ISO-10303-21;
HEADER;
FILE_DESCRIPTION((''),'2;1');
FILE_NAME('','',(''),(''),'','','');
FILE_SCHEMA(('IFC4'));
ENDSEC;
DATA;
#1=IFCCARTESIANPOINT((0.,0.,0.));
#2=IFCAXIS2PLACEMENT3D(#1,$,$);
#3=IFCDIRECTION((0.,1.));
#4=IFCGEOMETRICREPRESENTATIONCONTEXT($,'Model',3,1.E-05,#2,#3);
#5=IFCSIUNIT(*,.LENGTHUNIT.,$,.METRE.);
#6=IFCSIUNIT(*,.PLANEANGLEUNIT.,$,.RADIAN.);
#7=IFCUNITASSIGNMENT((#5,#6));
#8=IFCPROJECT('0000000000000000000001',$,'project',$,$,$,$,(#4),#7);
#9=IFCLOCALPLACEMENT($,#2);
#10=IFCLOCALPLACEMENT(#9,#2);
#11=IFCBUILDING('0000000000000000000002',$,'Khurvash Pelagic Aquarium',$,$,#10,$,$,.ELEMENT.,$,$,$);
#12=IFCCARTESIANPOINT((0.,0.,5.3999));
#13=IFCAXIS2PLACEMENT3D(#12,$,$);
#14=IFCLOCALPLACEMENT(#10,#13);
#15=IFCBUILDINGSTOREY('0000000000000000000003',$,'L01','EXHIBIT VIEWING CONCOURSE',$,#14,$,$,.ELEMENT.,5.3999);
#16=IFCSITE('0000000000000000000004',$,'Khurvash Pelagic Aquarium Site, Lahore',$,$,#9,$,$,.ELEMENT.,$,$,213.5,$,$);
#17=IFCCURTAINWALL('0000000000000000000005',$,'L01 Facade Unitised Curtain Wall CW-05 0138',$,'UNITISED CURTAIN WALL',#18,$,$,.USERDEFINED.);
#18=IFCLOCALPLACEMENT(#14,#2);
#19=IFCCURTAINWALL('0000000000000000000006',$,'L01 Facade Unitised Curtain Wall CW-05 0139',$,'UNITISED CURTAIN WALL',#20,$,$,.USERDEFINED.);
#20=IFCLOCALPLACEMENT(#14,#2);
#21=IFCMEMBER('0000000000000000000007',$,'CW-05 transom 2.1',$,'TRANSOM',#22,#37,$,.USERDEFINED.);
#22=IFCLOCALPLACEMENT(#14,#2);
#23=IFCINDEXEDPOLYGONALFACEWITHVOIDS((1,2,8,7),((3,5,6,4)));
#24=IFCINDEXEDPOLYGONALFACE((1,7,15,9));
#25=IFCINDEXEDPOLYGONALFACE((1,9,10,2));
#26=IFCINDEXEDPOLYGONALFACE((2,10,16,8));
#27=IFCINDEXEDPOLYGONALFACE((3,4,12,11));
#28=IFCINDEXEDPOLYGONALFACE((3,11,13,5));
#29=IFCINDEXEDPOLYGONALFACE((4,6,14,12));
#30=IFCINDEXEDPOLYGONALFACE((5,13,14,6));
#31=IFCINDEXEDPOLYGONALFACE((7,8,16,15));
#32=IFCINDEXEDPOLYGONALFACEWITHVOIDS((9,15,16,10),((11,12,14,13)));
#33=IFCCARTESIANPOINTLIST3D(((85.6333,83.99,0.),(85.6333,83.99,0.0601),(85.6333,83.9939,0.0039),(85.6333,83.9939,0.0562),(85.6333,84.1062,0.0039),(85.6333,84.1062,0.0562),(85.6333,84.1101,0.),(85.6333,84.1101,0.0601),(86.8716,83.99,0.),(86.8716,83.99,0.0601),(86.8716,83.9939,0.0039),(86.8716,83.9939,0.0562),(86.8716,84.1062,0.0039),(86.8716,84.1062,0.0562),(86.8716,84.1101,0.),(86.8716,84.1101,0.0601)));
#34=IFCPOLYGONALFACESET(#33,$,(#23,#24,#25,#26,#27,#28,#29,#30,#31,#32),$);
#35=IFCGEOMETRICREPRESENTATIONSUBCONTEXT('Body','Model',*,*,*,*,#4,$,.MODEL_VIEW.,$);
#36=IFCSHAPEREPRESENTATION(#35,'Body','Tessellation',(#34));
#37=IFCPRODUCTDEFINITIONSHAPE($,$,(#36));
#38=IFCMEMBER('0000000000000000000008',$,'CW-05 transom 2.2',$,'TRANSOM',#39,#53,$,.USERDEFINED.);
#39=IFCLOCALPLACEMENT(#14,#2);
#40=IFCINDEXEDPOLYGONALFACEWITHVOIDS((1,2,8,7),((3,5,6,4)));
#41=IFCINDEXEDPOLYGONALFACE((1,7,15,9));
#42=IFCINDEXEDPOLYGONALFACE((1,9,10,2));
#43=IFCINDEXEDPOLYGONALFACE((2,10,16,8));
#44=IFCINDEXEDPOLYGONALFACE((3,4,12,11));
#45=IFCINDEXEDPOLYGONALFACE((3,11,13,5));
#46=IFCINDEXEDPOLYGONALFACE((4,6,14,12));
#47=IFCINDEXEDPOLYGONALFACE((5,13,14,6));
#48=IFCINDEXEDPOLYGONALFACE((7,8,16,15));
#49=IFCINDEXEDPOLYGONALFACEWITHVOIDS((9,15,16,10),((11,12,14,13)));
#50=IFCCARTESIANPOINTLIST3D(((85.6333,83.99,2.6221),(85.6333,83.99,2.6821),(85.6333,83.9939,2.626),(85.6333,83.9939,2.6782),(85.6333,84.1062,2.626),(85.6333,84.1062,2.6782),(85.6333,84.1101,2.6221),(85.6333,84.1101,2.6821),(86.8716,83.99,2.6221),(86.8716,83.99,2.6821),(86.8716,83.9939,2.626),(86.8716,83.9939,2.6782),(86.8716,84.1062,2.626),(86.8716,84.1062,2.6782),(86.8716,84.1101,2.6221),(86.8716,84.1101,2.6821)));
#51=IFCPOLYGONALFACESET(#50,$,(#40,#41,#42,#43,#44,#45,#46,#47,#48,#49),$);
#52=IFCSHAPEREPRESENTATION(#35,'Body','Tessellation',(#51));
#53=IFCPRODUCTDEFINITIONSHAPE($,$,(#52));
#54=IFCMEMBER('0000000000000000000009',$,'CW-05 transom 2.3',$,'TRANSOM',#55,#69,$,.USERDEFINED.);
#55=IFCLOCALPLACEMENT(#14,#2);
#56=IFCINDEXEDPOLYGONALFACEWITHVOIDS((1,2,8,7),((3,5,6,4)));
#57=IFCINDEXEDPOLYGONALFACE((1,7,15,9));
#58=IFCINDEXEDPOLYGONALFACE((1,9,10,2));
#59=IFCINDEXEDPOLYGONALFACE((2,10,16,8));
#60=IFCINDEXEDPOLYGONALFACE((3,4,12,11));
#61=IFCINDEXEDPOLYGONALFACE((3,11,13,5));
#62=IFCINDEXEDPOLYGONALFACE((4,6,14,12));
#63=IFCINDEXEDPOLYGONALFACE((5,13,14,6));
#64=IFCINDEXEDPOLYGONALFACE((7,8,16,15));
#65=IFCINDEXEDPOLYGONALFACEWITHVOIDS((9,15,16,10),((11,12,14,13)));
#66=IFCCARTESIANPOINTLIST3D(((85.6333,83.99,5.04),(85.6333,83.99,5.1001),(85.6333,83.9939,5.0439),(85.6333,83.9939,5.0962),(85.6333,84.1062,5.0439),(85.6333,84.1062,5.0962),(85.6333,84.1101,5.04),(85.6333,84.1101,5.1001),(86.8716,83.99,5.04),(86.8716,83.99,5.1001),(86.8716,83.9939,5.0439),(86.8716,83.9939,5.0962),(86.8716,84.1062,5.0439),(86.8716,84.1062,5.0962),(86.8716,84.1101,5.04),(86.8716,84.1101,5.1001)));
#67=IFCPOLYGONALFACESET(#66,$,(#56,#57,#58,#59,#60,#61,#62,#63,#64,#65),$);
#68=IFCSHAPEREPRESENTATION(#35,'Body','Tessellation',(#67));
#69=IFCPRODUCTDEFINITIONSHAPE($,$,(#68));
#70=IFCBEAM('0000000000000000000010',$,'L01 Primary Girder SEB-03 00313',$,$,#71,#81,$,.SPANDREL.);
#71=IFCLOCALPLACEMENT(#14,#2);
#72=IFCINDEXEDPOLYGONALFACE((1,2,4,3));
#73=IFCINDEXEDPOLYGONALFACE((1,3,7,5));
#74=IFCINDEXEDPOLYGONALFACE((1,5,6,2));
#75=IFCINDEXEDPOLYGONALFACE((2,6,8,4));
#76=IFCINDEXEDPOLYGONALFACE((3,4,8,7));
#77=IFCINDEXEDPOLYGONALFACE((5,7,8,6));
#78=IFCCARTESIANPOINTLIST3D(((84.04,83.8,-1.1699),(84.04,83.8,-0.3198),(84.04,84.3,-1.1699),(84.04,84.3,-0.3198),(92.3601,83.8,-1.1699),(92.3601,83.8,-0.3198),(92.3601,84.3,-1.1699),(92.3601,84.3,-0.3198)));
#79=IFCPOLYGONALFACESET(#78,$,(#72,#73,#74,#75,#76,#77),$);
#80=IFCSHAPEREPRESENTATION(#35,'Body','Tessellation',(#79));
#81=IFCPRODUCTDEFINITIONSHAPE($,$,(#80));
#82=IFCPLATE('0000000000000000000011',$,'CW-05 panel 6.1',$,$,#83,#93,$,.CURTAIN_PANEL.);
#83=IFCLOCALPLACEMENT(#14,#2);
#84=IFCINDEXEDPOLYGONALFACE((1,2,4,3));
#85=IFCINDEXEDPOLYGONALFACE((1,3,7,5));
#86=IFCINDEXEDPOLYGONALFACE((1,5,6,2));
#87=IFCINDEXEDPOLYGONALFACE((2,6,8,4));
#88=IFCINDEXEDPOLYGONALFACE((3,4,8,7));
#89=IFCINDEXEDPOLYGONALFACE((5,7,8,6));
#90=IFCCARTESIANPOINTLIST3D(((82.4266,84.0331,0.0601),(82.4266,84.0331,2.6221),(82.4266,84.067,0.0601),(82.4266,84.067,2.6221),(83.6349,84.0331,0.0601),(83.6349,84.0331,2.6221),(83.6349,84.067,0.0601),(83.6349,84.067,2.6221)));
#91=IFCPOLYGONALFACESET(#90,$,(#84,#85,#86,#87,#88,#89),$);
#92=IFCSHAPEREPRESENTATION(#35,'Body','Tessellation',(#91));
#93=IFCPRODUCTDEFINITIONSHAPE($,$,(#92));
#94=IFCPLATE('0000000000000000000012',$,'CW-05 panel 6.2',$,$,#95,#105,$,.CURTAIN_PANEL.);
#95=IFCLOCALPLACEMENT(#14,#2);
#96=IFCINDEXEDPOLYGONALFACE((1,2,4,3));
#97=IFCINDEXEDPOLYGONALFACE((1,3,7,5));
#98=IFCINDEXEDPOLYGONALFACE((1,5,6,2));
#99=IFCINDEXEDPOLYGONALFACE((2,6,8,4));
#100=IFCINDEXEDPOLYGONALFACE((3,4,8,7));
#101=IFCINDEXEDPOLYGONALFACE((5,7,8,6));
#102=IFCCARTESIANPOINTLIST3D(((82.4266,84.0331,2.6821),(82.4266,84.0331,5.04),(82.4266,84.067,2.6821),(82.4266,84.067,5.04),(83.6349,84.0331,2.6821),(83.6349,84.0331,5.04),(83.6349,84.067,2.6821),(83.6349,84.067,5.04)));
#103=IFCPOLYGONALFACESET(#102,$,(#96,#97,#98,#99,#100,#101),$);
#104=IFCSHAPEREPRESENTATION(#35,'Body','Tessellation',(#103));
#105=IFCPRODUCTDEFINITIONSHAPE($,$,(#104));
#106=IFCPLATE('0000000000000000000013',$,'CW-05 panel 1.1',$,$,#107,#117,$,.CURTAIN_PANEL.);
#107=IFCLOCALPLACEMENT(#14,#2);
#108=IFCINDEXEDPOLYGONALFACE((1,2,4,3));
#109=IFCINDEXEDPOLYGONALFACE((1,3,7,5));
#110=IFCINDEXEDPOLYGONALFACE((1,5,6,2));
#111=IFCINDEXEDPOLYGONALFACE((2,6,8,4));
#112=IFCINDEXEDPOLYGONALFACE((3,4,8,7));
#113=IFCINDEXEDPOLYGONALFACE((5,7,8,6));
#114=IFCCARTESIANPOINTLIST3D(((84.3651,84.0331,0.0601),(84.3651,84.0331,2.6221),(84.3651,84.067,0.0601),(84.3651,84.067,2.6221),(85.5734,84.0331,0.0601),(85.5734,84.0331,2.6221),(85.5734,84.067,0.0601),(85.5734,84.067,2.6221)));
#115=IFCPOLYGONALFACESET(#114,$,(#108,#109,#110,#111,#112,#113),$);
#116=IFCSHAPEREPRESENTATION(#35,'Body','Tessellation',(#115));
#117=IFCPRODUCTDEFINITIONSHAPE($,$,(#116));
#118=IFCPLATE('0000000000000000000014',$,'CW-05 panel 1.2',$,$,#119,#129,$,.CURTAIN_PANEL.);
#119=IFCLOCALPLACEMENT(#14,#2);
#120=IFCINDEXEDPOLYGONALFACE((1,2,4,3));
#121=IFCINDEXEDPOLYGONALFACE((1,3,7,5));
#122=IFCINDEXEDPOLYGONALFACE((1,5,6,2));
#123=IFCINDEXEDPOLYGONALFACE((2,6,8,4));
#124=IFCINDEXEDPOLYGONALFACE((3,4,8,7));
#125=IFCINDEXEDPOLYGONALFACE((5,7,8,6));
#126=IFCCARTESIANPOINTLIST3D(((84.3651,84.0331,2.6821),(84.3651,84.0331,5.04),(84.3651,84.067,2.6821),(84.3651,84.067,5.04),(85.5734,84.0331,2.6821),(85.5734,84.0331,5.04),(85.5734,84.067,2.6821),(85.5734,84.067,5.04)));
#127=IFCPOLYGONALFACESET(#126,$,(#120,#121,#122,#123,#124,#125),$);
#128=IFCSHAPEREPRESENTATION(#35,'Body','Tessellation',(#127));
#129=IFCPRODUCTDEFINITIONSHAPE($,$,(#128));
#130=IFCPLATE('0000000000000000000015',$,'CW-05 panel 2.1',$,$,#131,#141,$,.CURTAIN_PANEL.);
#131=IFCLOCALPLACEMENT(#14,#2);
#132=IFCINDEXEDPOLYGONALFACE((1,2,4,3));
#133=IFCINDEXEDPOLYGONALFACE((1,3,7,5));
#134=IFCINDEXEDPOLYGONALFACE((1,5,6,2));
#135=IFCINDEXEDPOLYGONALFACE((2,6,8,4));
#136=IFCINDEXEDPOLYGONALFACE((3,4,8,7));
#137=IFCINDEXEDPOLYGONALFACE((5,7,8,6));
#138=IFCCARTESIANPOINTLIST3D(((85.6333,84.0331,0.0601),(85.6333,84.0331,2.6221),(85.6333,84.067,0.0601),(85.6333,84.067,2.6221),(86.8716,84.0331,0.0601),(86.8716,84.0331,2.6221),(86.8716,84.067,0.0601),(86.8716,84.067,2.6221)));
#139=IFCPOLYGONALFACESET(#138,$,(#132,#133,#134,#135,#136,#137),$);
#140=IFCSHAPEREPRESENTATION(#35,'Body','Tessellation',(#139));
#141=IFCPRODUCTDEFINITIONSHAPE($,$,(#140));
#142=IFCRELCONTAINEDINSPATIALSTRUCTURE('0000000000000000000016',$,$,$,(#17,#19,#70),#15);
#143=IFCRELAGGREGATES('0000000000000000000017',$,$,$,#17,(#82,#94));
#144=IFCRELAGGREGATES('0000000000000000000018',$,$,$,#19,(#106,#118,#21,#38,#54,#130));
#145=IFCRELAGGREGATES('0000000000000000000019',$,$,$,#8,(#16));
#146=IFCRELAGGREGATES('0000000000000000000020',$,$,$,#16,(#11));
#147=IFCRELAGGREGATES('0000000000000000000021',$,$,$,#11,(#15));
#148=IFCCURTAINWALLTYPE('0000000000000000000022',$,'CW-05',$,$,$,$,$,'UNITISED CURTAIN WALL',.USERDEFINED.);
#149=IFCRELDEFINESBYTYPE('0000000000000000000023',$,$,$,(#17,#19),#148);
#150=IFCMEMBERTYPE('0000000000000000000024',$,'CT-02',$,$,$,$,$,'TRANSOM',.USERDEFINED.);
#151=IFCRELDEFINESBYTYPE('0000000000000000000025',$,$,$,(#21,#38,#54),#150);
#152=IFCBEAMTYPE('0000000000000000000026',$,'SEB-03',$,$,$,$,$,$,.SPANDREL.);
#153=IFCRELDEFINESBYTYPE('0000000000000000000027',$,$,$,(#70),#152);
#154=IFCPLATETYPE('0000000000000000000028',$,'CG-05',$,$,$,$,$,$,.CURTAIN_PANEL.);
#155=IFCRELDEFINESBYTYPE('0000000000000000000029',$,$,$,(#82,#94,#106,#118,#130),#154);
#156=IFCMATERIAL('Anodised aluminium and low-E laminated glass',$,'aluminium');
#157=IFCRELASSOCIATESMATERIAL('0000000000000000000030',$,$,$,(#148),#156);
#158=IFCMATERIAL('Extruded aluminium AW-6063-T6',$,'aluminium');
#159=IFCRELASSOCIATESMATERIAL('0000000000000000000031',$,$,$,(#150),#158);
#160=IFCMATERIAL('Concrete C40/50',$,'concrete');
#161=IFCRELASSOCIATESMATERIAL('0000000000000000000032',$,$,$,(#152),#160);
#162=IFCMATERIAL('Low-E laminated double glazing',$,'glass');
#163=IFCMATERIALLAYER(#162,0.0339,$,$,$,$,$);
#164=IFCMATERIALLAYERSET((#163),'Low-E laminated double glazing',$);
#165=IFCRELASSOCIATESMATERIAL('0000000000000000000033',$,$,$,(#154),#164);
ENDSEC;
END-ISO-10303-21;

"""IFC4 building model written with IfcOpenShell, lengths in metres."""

from ifc_helpers import new_model, si_unit, direction, frame, origin, origin_2d, place, context, subcontext, project, spatial, rectangle, hollow_rectangle, extrude, material, layer, layer_set, material_profile, profile_set, type_object, element, aggregate, save


model = new_model("IFC4")

# Units and contexts
model_context = context("Model", 3, precision=1e-05, world=origin(), true_north=direction((0.0, 1.0)))
body_context = subcontext(model_context, "Body", "Model", "MODEL_VIEW")
ifc_project = project(units=[si_unit("LENGTHUNIT", "METRE"), si_unit("PLANEANGLEUNIT", "RADIAN")], contexts=[model_context])

# Site, building, storey
site_placement = place(None, origin())
site = spatial("IfcSite", under=ifc_project, at=site_placement, Name="Khurvash Pelagic Aquarium Site, Lahore", CompositionType="ELEMENT", RefElevation=213.5)
building_placement = place(site_placement, origin())
building = spatial("IfcBuilding", under=site, at=building_placement, Name="Khurvash Pelagic Aquarium", CompositionType="ELEMENT")
storey_placement = place(building_placement, frame((0.0, 0.0, 5.3999)))
storey = spatial("IfcBuildingStorey", under=building, at=storey_placement, Name="L01", Description="EXHIBIT VIEWING CONCOURSE", CompositionType="ELEMENT", Elevation=5.3999)

# Shared definitions
ifc_material_1 = material(Name="Concrete C40/50", Category="concrete")

# Curtain walls
ifc_material_2 = material(Name="Anodised aluminium and low-E laminated glass", Category="aluminium")
curtain_wall_type = type_object("IfcCurtainWallType", Name="CW-05", ElementType="UNITISED CURTAIN WALL", PredefinedType="USERDEFINED", material=ifc_material_2)
curtain_wall_1_placement = place(storey_placement, origin())
curtain_wall_1 = element("IfcCurtainWall", 1, at=curtain_wall_1_placement, inside=storey, type_object=curtain_wall_type, Name="L01 Facade Unitised Curtain Wall CW-05 0138", ObjectType="UNITISED CURTAIN WALL", PredefinedType="USERDEFINED")
ifc_material_3 = material(Name="Extruded aluminium AW-6063-T6", Category="aluminium")
curtain_wall_2_placement = place(storey_placement, origin())
curtain_wall_2 = element("IfcCurtainWall", 2, at=curtain_wall_2_placement, inside=storey, type_object=curtain_wall_type, Name="L01 Facade Unitised Curtain Wall CW-05 0139", ObjectType="UNITISED CURTAIN WALL", PredefinedType="USERDEFINED")

# Members
ifc_material_profile_1 = material_profile(ifc_material_3, hollow_rectangle(XDim=0.1201, YDim=0.0601, WallThickness=0.0039, at=origin_2d()), Name="CWT120X60X4")
ifc_profile_set_1 = profile_set([ifc_material_profile_1], Name="Extruded aluminium AW-6063-T6")
member_type_1 = type_object("IfcMemberType", Name="CT-02", ElementType="TRANSOM", PredefinedType="USERDEFINED", material=ifc_profile_set_1)
member_1_placement = place(storey_placement, frame((85.6333, 84.05, 0.03), z_axis=(1.0, 0.0, 0.0), x_axis=(0.0, 1.0, 0.0)))
member_1 = element("IfcMember", 3, at=member_1_placement, type_object=member_type_1, Name="CW-05 transom 2.1", ObjectType="TRANSOM", PredefinedType="USERDEFINED", context=body_context, shape_type="SweptSolid", body=[
    extrude(hollow_rectangle(XDim=0.1201, YDim=0.0601, WallThickness=0.0039, at=origin_2d()), origin(), (0.0, 0.0, 1.0), 1.2383),
])
member_2_placement = place(storey_placement, frame((85.6333, 84.05, 2.6521), z_axis=(1.0, 0.0, 0.0), x_axis=(0.0, 1.0, 0.0)))
member_2 = element("IfcMember", 4, at=member_2_placement, type_object=member_type_1, Name="CW-05 transom 2.2", ObjectType="TRANSOM", PredefinedType="USERDEFINED", context=body_context, shape_type="SweptSolid", body=[
    extrude(hollow_rectangle(XDim=0.1201, YDim=0.0601, WallThickness=0.0039, at=origin_2d()), origin(), (0.0, 0.0, 1.0), 1.2383),
])
member_3_placement = place(storey_placement, frame((85.6333, 84.05, 5.0701), z_axis=(1.0, 0.0, 0.0), x_axis=(0.0, 1.0, 0.0)))
member_3 = element("IfcMember", 5, at=member_3_placement, type_object=member_type_1, Name="CW-05 transom 2.3", ObjectType="TRANSOM", PredefinedType="USERDEFINED", context=body_context, shape_type="SweptSolid", body=[
    extrude(hollow_rectangle(XDim=0.1201, YDim=0.0601, WallThickness=0.0039, at=origin_2d()), origin(), (0.0, 0.0, 1.0), 1.2383),
])

# Beam
ifc_material_profile_2 = material_profile(ifc_material_1, rectangle(XDim=0.5, YDim=0.8501, at=origin_2d()), Name="RC500X850")
ifc_profile_set_2 = profile_set([ifc_material_profile_2], Name="Concrete C40/50")
beam_type = type_object("IfcBeamType", Name="SEB-03", PredefinedType="SPANDREL", material=ifc_profile_set_2)
beam_placement = place(storey_placement, frame((84.04, 84.05, -0.7449), z_axis=(1.0, 0.0, 0.0), x_axis=(0.0, 1.0, 0.0)))
element("IfcBeam", 6, at=beam_placement, inside=storey, type_object=beam_type, Name="L01 Primary Girder SEB-03 00313", PredefinedType="SPANDREL", context=body_context, shape_type="SweptSolid", body=[
    extrude(rectangle(XDim=0.5, YDim=0.8501, at=origin_2d()), origin(), (0.0, 0.0, 1.0), 8.3201),
])

# Plates
ifc_material_4 = material(Name="Low-E laminated double glazing", Category="glass")
ifc_layer = layer(ifc_material_4, 0.0339)
ifc_layer_set = layer_set([ifc_layer], Name="Low-E laminated double glazing")
plate_type = type_object("IfcPlateType", Name="CG-05", PredefinedType="CURTAIN_PANEL", material=ifc_layer_set)
plate_1_placement = place(storey_placement, frame((83.0308, 84.05, 0.0601), z_axis=(0.0, 0.0, 1.0), x_axis=(1.0, 0.0, 0.0)))
plate_1 = element("IfcPlate", 7, at=plate_1_placement, type_object=plate_type, Name="CW-05 panel 6.1", PredefinedType="CURTAIN_PANEL", context=body_context, shape_type="SweptSolid", body=[
    extrude(rectangle(XDim=1.2083, YDim=0.0339, at=origin_2d()), origin(), (0.0, 0.0, 1.0), 2.562),
])
plate_2_placement = place(storey_placement, frame((83.0308, 84.05, 2.6821), z_axis=(0.0, 0.0, 1.0), x_axis=(1.0, 0.0, 0.0)))
plate_2 = element("IfcPlate", 8, at=plate_2_placement, type_object=plate_type, Name="CW-05 panel 6.2", PredefinedType="CURTAIN_PANEL", context=body_context, shape_type="SweptSolid", body=[
    extrude(rectangle(XDim=1.2083, YDim=0.0339, at=origin_2d()), origin(), (0.0, 0.0, 1.0), 2.3579),
])
aggregate(curtain_wall_1, [plate_1, plate_2])
plate_3_placement = place(storey_placement, frame((84.9692, 84.05, 0.0601), z_axis=(0.0, 0.0, 1.0), x_axis=(1.0, 0.0, 0.0)))
plate_3 = element("IfcPlate", 9, at=plate_3_placement, type_object=plate_type, Name="CW-05 panel 1.1", PredefinedType="CURTAIN_PANEL", context=body_context, shape_type="SweptSolid", body=[
    extrude(rectangle(XDim=1.2083, YDim=0.0339, at=origin_2d()), origin(), (0.0, 0.0, 1.0), 2.562),
])
plate_4_placement = place(storey_placement, frame((84.9692, 84.05, 2.6821), z_axis=(0.0, 0.0, 1.0), x_axis=(1.0, 0.0, 0.0)))
plate_4 = element("IfcPlate", 10, at=plate_4_placement, type_object=plate_type, Name="CW-05 panel 1.2", PredefinedType="CURTAIN_PANEL", context=body_context, shape_type="SweptSolid", body=[
    extrude(rectangle(XDim=1.2083, YDim=0.0339, at=origin_2d()), origin(), (0.0, 0.0, 1.0), 2.3579),
])
plate_5_placement = place(storey_placement, frame((86.2524, 84.05, 0.0601), z_axis=(0.0, 0.0, 1.0), x_axis=(1.0, 0.0, 0.0)))
plate_5 = element("IfcPlate", 11, at=plate_5_placement, type_object=plate_type, Name="CW-05 panel 2.1", PredefinedType="CURTAIN_PANEL", context=body_context, shape_type="SweptSolid", body=[
    extrude(rectangle(XDim=1.2383, YDim=0.0339, at=origin_2d()), origin(), (0.0, 0.0, 1.0), 2.562),
])
aggregate(curtain_wall_2, [plate_3, plate_4, member_1, member_2, member_3, plate_5])

save(model, "model.ifc")
